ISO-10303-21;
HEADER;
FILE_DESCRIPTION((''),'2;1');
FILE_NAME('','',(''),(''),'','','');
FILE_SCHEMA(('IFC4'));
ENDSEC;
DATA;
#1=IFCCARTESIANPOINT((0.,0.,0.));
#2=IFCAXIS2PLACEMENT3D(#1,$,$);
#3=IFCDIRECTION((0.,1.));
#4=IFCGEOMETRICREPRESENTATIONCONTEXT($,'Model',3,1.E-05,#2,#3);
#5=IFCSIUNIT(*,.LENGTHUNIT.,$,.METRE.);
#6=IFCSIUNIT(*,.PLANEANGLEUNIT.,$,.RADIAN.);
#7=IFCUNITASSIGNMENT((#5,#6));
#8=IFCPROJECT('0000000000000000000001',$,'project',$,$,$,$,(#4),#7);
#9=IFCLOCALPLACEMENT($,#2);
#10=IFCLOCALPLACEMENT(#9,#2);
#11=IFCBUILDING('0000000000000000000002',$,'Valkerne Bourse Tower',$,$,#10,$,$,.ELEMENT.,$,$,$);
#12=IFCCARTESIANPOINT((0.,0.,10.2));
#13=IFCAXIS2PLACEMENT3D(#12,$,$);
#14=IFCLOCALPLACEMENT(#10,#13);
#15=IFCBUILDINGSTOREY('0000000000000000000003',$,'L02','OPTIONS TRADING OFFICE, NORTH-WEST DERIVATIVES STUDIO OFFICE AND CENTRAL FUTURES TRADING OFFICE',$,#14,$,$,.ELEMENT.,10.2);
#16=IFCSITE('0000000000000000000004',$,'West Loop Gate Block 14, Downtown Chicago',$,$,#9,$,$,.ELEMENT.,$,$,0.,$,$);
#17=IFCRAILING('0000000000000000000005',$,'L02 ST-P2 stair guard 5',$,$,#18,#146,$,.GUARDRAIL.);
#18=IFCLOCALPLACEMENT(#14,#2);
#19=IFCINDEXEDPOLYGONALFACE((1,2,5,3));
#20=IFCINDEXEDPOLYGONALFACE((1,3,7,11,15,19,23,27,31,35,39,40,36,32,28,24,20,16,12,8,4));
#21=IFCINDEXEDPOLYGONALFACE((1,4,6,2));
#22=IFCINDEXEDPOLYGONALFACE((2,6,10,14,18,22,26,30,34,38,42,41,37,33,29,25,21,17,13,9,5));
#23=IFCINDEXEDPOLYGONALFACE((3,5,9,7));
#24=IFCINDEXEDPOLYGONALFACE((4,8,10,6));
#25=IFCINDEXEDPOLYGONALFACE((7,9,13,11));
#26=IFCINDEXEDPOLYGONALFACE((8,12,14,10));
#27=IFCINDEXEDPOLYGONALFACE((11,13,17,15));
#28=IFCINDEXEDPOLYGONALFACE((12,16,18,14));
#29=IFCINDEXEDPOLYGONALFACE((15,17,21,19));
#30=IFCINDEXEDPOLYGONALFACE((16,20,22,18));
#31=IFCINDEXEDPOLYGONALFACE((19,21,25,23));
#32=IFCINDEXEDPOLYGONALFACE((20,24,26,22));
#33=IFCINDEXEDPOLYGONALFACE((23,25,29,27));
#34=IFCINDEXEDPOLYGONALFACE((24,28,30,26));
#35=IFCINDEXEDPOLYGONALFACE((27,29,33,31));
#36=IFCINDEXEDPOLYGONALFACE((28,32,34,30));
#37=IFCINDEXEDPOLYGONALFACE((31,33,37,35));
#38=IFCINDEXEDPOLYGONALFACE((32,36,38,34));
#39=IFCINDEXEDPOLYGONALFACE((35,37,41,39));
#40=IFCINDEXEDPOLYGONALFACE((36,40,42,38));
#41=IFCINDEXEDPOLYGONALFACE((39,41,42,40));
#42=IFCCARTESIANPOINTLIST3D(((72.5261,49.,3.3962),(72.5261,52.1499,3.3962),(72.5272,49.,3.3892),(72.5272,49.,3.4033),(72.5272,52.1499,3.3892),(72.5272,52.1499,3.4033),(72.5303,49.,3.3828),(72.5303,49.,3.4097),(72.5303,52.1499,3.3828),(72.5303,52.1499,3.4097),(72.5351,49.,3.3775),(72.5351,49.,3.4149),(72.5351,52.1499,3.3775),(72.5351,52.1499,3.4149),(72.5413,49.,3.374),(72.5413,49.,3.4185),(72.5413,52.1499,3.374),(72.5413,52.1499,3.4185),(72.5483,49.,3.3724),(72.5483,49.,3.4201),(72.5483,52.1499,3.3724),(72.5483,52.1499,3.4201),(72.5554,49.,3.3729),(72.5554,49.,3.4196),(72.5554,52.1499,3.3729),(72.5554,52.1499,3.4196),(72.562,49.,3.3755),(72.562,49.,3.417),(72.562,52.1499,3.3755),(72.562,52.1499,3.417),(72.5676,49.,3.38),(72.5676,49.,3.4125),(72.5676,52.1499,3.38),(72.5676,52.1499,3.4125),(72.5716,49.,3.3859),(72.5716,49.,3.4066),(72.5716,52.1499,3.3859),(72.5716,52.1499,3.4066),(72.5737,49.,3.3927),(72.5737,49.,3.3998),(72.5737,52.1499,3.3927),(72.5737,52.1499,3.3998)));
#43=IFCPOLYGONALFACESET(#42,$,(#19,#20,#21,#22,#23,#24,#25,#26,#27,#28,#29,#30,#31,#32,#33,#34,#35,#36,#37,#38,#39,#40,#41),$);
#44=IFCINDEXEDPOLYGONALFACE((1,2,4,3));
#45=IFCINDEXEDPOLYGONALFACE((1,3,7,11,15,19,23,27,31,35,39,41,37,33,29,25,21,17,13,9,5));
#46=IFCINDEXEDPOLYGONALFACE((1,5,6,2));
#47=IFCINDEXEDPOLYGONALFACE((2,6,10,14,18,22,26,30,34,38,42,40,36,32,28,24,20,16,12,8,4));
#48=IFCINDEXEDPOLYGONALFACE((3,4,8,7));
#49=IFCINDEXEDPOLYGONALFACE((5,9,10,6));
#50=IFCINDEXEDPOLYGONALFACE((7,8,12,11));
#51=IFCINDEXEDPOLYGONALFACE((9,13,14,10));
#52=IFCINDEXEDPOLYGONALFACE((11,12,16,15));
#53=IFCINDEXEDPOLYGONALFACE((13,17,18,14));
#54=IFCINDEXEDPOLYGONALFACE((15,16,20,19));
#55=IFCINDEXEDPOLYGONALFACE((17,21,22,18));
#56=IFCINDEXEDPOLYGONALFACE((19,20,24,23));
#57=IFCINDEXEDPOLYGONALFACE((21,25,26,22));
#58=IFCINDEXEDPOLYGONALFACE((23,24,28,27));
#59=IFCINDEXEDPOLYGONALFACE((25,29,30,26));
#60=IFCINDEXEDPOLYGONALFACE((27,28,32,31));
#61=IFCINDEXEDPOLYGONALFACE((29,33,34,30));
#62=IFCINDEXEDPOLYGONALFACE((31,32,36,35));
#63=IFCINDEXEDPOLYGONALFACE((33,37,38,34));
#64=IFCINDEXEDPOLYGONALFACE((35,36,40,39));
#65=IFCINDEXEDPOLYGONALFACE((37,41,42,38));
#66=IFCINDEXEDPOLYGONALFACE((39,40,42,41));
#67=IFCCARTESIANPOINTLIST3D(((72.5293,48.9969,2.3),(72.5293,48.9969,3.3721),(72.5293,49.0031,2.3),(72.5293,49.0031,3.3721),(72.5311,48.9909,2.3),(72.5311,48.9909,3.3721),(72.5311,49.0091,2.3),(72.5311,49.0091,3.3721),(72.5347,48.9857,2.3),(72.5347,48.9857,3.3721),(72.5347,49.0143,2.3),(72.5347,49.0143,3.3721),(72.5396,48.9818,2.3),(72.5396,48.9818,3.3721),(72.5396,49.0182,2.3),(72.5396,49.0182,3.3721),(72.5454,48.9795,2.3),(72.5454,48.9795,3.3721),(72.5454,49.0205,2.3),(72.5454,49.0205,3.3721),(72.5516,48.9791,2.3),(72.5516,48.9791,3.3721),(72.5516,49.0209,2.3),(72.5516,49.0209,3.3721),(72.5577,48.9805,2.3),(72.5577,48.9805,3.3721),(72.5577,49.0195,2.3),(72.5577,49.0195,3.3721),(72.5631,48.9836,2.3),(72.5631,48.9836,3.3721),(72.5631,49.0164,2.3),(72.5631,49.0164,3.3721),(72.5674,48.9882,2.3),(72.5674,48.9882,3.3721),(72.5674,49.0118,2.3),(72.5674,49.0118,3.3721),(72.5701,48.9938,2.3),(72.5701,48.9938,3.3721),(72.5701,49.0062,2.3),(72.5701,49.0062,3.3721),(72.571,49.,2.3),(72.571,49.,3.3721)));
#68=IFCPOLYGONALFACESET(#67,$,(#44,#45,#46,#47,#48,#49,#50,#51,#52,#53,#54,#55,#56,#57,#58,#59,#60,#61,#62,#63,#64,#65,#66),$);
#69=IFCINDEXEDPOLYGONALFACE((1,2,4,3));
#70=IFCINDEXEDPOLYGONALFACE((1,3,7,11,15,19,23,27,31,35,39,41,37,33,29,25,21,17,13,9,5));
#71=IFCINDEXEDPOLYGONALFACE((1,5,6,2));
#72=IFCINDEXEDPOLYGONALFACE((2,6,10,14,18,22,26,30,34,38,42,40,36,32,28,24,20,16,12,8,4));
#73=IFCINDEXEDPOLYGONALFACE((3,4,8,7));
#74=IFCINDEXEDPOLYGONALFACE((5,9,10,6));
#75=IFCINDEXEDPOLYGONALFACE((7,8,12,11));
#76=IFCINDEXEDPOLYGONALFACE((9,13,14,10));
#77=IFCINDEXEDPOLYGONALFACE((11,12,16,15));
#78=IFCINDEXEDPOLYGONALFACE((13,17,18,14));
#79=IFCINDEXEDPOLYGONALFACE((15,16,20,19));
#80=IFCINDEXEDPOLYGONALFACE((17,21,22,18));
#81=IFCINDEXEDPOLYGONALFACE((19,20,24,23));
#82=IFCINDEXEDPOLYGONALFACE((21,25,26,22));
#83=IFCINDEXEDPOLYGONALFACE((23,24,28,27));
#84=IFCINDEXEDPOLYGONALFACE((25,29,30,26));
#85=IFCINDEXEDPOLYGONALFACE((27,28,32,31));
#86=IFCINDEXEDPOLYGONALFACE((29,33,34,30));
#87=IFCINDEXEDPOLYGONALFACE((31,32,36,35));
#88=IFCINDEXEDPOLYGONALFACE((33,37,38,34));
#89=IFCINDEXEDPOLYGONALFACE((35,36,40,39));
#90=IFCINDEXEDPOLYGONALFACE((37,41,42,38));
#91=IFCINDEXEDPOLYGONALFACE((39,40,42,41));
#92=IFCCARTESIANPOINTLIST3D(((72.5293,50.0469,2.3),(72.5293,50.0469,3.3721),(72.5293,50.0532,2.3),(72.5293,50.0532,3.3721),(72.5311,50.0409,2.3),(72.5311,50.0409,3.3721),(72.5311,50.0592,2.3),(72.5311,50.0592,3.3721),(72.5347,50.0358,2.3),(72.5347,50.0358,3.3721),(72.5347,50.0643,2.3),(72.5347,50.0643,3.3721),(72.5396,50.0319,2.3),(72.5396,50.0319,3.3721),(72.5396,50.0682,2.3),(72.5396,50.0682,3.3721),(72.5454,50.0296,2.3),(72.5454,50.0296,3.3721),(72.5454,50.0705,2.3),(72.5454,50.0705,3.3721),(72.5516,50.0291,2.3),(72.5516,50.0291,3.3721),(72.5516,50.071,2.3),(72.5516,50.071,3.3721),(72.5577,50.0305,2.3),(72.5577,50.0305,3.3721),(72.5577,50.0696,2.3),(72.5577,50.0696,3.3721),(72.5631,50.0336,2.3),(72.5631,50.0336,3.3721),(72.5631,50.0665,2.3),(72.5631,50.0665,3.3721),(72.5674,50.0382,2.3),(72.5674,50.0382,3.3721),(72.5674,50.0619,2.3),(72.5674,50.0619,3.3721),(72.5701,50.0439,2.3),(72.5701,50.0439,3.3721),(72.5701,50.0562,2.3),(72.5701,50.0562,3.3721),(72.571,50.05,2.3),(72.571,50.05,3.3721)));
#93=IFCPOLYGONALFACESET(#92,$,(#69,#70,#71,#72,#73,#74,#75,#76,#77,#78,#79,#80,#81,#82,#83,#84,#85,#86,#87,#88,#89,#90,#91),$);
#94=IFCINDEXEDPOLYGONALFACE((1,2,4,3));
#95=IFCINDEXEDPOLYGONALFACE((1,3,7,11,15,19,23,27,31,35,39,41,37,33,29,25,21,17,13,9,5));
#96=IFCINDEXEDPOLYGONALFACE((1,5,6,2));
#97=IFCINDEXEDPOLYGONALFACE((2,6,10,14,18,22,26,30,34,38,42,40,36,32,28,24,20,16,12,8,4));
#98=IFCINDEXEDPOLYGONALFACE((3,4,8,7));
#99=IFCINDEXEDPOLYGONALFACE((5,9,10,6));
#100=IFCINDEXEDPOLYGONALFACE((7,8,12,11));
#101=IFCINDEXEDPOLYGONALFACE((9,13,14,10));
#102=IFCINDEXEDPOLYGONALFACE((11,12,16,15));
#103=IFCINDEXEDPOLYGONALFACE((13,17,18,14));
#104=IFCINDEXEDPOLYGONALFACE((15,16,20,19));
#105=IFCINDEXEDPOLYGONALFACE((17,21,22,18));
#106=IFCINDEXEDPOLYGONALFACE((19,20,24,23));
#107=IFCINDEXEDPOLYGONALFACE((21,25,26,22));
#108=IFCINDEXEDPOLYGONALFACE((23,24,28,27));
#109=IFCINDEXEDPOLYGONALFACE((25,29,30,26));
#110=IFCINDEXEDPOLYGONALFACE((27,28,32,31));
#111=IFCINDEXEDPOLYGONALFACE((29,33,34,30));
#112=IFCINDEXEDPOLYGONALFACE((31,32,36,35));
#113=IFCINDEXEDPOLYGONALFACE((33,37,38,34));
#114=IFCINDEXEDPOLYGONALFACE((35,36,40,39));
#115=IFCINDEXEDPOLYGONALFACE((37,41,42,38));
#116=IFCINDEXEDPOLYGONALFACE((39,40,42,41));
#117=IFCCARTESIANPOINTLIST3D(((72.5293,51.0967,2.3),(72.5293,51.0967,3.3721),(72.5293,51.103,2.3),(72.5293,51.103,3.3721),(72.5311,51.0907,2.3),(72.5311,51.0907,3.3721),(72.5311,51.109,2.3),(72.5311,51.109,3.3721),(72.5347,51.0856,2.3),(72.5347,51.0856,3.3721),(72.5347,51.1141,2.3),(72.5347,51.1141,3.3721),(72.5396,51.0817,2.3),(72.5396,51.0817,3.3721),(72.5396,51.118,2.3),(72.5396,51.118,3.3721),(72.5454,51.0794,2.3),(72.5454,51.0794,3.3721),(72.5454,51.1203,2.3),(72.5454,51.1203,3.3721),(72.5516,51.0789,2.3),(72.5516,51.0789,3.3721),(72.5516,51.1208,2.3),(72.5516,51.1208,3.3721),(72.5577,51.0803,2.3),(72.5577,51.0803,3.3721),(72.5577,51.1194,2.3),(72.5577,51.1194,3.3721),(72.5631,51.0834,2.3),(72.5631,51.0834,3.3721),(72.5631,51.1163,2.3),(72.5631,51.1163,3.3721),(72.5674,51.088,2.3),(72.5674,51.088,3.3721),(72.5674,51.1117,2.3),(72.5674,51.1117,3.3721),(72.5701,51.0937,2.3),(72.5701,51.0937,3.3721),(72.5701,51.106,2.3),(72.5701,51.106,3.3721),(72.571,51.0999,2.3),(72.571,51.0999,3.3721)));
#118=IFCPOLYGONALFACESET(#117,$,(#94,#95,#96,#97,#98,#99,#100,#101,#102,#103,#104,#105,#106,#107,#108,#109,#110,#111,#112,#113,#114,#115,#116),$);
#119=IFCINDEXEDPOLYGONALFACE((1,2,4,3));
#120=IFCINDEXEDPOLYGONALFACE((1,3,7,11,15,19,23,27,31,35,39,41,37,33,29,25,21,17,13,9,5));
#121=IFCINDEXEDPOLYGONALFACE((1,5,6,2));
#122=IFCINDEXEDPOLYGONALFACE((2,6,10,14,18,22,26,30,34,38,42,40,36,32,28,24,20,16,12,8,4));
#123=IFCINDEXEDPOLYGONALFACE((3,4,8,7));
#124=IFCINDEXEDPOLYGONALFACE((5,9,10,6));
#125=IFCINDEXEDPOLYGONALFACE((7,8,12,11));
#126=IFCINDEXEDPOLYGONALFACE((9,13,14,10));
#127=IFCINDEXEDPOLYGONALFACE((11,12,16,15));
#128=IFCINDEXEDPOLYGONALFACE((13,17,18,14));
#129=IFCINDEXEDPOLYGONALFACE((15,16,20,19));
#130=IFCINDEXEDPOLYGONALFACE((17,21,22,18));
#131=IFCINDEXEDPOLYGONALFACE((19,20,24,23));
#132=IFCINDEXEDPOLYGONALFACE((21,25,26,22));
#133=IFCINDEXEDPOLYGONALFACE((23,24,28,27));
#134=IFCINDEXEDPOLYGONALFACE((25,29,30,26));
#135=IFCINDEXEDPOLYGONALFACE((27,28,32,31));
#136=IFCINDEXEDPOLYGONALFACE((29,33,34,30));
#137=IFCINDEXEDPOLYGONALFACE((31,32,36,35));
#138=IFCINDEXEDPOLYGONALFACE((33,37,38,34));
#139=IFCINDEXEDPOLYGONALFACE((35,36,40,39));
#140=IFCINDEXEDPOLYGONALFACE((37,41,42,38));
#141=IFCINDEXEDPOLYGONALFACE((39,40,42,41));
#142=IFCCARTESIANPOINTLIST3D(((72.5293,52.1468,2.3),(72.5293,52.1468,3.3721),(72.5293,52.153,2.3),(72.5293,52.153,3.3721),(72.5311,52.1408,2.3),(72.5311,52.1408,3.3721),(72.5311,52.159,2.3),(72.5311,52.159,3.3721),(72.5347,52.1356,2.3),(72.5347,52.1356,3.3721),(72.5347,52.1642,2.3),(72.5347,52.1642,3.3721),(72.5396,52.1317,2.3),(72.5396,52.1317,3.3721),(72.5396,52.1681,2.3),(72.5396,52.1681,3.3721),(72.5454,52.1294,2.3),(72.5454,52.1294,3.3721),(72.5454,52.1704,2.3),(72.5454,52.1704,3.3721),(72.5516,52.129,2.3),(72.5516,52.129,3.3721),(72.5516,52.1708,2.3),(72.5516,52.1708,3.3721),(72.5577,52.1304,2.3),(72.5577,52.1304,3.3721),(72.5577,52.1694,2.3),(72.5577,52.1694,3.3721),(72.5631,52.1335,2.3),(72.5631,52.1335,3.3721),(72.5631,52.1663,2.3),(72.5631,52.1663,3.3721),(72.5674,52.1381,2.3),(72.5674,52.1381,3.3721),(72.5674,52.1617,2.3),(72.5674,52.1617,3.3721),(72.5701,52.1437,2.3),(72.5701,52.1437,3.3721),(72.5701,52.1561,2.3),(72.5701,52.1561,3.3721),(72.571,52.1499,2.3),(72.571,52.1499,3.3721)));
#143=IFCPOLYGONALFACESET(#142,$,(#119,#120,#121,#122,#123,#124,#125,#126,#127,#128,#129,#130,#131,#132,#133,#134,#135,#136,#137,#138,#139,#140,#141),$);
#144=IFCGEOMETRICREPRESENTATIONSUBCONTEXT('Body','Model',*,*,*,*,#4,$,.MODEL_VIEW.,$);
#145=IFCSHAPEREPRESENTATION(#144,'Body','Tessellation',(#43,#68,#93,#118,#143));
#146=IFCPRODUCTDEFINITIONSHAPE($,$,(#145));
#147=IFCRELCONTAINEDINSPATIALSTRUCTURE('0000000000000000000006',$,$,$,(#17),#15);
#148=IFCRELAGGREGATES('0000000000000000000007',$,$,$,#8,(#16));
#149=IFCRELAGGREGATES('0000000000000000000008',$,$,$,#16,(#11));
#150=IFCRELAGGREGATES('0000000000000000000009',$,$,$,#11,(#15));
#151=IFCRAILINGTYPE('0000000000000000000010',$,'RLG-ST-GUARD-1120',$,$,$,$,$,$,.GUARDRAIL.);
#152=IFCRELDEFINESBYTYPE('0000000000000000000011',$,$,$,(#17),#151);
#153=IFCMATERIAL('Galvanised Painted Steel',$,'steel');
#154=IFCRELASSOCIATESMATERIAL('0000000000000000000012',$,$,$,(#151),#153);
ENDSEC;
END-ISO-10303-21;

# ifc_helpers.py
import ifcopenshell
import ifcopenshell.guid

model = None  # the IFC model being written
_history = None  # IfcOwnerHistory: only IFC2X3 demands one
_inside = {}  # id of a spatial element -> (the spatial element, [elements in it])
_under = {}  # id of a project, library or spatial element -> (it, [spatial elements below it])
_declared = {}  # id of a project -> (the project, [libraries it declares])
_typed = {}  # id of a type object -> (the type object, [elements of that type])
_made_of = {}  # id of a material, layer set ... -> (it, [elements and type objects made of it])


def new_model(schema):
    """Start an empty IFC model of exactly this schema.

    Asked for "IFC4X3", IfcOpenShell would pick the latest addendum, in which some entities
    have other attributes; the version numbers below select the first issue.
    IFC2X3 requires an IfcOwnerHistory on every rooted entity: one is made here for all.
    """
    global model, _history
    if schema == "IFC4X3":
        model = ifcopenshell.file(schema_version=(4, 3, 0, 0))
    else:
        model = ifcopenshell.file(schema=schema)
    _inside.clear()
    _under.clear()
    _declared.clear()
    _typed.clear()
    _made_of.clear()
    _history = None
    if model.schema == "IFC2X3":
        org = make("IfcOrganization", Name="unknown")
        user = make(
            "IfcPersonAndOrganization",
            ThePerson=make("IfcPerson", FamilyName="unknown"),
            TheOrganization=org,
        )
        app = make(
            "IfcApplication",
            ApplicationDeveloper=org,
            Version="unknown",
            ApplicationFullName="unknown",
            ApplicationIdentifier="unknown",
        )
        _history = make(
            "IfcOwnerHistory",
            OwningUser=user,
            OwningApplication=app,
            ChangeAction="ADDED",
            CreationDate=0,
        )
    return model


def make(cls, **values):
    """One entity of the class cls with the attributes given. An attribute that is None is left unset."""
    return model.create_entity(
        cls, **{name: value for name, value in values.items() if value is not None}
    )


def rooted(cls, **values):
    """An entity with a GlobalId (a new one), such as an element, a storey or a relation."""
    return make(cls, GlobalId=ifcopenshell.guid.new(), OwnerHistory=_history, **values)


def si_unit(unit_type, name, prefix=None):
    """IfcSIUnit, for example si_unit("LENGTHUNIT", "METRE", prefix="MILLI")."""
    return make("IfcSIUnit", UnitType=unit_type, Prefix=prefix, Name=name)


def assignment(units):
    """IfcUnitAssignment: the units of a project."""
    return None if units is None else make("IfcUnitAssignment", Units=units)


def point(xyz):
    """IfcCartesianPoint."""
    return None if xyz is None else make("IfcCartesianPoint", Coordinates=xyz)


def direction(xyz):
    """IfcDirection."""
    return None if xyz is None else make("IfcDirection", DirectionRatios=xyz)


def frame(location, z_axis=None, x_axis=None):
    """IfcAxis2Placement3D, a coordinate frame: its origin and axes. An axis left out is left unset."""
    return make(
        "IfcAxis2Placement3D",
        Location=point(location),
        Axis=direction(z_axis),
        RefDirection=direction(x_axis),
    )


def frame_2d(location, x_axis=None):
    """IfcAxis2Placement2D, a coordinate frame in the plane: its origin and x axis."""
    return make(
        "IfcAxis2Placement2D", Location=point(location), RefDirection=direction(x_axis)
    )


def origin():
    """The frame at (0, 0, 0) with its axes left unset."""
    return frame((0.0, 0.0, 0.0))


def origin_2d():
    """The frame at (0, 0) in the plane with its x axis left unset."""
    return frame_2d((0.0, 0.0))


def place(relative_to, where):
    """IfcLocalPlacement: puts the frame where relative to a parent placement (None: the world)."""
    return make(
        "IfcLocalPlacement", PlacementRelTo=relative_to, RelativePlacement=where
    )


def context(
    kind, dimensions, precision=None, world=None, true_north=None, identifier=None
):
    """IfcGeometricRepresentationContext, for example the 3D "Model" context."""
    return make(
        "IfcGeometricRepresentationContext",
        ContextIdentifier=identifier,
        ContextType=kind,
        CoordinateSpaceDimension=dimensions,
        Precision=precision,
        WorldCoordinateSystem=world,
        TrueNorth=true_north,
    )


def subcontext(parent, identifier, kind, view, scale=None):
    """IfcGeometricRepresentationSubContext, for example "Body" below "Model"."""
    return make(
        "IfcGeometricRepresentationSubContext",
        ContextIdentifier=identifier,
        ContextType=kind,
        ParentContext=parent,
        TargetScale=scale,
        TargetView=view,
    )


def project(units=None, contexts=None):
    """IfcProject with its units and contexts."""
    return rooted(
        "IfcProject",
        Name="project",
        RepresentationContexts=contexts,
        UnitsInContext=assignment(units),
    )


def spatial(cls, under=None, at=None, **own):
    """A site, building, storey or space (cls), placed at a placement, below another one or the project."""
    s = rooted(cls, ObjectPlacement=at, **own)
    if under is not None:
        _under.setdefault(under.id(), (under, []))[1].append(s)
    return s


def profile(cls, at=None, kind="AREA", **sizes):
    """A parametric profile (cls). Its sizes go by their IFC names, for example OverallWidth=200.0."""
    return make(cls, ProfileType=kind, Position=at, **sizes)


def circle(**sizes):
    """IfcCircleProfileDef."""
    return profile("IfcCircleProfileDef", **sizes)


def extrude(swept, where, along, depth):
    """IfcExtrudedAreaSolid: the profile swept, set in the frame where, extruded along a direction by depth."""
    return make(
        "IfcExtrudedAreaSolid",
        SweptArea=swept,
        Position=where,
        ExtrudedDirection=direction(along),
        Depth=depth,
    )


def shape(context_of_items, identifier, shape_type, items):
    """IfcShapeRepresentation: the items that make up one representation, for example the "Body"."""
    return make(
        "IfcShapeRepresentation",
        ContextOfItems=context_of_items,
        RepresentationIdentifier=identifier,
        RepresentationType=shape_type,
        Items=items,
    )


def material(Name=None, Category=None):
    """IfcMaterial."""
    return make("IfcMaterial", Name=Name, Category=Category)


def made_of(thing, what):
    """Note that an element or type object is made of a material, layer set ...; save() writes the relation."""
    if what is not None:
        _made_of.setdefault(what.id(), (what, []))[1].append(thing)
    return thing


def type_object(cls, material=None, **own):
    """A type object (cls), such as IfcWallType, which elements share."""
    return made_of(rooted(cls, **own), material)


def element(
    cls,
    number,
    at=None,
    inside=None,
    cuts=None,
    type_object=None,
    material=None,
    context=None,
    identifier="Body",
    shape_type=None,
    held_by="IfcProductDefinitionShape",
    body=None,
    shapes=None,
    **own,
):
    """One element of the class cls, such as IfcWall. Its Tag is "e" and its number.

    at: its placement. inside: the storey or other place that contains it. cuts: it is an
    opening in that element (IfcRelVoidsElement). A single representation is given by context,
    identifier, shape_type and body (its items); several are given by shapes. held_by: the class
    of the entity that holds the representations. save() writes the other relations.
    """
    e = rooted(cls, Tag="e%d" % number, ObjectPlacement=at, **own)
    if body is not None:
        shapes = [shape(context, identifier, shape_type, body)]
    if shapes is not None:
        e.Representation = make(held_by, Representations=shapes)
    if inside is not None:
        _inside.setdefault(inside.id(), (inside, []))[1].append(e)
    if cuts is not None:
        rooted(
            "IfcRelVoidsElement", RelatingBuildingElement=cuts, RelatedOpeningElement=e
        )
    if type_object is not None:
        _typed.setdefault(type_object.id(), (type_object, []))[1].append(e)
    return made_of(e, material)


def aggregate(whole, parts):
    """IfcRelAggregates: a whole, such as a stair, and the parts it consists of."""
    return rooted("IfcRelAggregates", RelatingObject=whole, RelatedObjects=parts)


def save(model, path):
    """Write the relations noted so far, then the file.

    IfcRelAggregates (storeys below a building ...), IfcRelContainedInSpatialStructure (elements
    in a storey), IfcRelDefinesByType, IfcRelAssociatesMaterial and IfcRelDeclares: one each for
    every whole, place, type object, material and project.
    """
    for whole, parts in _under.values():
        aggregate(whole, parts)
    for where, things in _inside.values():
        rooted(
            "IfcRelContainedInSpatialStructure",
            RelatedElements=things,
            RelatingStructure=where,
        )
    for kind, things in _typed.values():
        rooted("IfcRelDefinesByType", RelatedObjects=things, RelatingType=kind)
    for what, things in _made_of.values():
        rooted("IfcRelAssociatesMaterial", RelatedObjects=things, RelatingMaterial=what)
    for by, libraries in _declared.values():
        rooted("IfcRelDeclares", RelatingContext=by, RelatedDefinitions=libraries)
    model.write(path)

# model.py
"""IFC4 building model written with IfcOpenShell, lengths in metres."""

from ifc_helpers import new_model, si_unit, direction, frame, origin, origin_2d, place, context, subcontext, project, spatial, circle, extrude, material, type_object, element, save


model = new_model("IFC4")

# Units and contexts
model_context = context("Model", 3, precision=1e-05, world=origin(), true_north=direction((0.0, 1.0)))
body_context = subcontext(model_context, "Body", "Model", "MODEL_VIEW")
ifc_project = project(units=[si_unit("LENGTHUNIT", "METRE"), si_unit("PLANEANGLEUNIT", "RADIAN")], contexts=[model_context])

# Site, building, storey
site_placement = place(None, origin())
site = spatial("IfcSite", under=ifc_project, at=site_placement, Name="West Loop Gate Block 14, Downtown Chicago", CompositionType="ELEMENT", RefElevation=0.0)
building_placement = place(site_placement, origin())
building = spatial("IfcBuilding", under=site, at=building_placement, Name="Valkerne Bourse Tower", CompositionType="ELEMENT")
storey_placement = place(building_placement, frame((0.0, 0.0, 10.2)))
storey = spatial("IfcBuildingStorey", under=building, at=storey_placement, Name="L02", Description="OPTIONS TRADING OFFICE, NORTH-WEST DERIVATIVES STUDIO OFFICE AND CENTRAL FUTURES TRADING OFFICE", CompositionType="ELEMENT", Elevation=10.2)

# Railing
ifc_material_1 = material(Name="Galvanised Painted Steel", Category="steel")
railing_type_1 = type_object("IfcRailingType", Name="RLG-ST-GUARD-1120", PredefinedType="GUARDRAIL", material=ifc_material_1)
railing_1_placement = place(storey_placement, frame((72.55, 49.0, 2.3)))
element("IfcRailing", 1, at=railing_1_placement, inside=storey, type_object=railing_type_1, Name="L02 ST-P2 stair guard 5", PredefinedType="GUARDRAIL", context=body_context, shape_type="SweptSolid", body=[
    extrude(circle(Radius=0.0239, at=origin_2d()), frame((0.0, 0.0, 1.0962), z_axis=(0.0, 1.0, 0.0), x_axis=(-1.0, 0.0, 0.0)), (0.0, 0.0, 1.0), 3.1499),
    extrude(circle(Radius=0.021, at=origin_2d()), origin(), (0.0, 0.0, 1.0), 1.072),
    extrude(circle(Radius=0.021, at=origin_2d()), frame((0.0, 1.05, 0.0)), (0.0, 0.0, 1.0), 1.072),
    extrude(circle(Radius=0.021, at=origin_2d()), frame((0.0, 2.0999, 0.0)), (0.0, 0.0, 1.0), 1.072),
    extrude(circle(Radius=0.021, at=origin_2d()), frame((0.0, 3.1499, 0.0)), (0.0, 0.0, 1.0), 1.072),
])

save(model, "model.ifc")
